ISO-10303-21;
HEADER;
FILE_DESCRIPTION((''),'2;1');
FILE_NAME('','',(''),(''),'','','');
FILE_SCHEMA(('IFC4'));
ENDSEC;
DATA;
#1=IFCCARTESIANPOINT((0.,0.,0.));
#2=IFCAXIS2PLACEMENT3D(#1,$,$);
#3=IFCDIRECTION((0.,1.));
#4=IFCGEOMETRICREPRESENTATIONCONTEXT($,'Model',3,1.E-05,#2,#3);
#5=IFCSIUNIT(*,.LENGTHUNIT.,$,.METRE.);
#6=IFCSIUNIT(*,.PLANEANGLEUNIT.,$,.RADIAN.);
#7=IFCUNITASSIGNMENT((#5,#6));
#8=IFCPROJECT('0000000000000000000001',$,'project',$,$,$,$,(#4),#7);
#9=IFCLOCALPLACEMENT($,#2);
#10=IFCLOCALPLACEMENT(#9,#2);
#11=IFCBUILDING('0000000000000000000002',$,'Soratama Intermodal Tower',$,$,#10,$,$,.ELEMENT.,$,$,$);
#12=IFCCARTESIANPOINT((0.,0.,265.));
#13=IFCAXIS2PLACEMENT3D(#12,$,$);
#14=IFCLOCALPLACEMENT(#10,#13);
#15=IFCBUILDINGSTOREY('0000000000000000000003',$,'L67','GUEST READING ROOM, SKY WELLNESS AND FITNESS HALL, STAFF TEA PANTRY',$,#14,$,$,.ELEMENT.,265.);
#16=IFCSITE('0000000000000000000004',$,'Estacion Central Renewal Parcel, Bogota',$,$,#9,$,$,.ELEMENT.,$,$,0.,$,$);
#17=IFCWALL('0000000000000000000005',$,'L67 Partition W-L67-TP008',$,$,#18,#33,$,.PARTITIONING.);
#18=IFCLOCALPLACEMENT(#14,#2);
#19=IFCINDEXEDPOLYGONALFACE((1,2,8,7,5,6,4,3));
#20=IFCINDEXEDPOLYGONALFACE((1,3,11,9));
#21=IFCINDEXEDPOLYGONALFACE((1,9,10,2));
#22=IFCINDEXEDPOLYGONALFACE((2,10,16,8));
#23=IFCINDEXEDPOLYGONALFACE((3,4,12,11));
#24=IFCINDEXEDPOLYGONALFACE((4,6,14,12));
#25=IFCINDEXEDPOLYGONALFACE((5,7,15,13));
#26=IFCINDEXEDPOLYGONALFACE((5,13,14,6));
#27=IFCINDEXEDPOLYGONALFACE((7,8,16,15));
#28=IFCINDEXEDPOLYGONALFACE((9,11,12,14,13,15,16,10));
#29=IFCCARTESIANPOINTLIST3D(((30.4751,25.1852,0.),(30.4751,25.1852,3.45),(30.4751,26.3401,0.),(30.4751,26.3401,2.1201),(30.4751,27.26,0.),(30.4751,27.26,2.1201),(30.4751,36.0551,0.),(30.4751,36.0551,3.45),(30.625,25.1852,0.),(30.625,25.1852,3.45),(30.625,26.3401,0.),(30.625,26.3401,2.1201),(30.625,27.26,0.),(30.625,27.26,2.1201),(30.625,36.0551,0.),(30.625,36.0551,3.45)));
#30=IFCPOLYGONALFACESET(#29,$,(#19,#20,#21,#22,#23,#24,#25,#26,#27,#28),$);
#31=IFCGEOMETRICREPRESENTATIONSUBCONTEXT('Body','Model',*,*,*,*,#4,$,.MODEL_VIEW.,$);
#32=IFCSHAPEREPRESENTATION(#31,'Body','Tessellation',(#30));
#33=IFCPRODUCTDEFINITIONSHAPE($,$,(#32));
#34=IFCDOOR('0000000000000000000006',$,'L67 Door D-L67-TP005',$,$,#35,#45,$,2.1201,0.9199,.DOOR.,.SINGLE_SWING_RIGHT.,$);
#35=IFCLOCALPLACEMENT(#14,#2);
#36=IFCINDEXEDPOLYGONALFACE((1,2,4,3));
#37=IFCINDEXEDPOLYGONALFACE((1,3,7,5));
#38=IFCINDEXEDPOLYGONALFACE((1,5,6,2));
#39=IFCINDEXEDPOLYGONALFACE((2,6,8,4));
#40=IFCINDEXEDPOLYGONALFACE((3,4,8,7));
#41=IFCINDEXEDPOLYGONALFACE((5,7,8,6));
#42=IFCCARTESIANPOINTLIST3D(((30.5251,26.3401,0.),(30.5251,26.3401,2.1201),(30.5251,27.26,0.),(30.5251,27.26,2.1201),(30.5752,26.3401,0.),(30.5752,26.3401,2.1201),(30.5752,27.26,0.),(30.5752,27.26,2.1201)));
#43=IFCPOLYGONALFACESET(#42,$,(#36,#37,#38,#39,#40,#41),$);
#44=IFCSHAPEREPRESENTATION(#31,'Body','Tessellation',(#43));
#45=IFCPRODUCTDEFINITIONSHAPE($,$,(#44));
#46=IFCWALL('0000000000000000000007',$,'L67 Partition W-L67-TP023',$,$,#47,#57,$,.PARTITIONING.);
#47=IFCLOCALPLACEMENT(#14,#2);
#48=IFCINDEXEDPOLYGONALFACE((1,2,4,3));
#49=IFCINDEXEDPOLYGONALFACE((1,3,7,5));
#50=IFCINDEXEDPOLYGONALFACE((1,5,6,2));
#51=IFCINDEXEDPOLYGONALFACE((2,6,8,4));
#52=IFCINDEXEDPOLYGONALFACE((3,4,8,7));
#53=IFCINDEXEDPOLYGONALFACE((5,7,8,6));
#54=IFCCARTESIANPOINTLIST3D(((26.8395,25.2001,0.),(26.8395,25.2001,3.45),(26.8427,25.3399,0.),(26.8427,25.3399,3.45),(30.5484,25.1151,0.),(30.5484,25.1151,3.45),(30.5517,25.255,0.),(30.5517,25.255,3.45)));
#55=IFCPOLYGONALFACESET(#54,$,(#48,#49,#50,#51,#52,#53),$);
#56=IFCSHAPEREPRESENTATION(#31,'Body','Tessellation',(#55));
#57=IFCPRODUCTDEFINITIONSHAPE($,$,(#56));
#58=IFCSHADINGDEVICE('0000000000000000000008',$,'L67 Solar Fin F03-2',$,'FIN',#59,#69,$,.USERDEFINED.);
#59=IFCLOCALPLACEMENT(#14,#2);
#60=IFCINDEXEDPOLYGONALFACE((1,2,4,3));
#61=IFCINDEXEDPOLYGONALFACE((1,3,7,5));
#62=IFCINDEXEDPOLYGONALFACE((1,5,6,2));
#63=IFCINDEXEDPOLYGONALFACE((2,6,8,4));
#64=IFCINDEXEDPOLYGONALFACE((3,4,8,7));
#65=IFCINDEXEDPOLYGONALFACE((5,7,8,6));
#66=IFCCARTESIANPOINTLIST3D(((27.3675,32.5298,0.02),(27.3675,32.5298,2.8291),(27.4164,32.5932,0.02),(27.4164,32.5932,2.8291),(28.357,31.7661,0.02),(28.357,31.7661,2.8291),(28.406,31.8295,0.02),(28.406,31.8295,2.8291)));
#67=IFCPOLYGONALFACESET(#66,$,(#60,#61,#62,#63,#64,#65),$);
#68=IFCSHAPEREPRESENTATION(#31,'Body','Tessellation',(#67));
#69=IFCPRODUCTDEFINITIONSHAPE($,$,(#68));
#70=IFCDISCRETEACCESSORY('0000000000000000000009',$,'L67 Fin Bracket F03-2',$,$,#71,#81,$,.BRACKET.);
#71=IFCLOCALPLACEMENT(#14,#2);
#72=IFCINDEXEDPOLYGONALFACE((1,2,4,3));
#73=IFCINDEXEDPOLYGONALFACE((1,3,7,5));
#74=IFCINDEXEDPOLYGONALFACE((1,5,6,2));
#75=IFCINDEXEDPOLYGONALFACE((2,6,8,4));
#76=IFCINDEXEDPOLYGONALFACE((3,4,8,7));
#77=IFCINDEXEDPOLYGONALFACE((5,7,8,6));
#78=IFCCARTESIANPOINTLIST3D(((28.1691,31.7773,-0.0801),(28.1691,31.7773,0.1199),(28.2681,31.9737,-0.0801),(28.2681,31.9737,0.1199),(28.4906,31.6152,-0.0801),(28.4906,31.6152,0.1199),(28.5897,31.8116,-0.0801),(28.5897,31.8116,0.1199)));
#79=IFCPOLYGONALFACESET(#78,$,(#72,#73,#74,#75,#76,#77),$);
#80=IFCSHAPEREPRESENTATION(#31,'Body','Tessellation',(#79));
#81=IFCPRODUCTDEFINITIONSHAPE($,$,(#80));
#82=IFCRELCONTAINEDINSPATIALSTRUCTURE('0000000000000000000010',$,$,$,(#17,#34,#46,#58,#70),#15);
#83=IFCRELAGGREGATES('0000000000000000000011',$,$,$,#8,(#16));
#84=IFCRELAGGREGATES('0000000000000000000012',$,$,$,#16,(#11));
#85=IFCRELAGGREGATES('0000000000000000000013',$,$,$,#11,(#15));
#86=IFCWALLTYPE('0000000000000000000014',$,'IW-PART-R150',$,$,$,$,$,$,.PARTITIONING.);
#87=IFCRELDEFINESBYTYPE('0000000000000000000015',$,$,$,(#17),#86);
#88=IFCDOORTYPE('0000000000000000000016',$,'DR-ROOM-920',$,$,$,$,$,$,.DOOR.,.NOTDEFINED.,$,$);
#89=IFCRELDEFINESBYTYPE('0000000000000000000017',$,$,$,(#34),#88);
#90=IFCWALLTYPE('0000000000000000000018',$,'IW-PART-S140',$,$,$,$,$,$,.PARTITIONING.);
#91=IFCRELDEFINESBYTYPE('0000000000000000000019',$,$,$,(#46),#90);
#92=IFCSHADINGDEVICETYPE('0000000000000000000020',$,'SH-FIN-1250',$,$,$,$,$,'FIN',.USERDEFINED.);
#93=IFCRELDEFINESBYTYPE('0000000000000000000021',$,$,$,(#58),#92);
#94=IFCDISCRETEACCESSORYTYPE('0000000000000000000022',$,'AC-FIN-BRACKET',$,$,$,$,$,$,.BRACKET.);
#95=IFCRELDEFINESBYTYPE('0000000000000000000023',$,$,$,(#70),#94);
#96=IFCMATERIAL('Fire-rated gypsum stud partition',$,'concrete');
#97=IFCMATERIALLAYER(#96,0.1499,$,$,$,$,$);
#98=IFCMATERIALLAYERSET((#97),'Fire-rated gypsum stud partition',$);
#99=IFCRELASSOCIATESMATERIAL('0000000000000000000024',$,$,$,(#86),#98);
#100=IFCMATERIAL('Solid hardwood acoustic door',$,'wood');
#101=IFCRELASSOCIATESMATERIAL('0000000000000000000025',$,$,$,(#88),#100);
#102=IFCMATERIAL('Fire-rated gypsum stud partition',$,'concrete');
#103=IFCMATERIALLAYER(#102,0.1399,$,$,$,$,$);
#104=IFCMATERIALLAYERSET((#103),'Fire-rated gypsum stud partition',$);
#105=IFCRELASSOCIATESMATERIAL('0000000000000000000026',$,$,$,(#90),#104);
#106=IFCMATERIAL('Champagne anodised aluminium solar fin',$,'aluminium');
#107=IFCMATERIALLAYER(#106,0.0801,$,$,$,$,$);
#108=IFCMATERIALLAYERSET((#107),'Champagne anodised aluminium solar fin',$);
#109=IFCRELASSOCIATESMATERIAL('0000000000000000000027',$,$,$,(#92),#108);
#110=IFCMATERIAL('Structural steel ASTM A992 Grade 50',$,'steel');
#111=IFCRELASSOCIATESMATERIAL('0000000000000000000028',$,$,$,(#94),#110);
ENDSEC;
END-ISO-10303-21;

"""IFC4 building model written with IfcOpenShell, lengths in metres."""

from ifc_helpers import new_model, si_unit, direction, frame, frame_2d, origin, origin_2d, place, context, subcontext, project, spatial, rectangle, extrude, material, layer, layer_set, type_object, element, fill, save


model = new_model("IFC4")

# Units and contexts
model_context = context("Model", 3, precision=1e-05, world=origin(), true_north=direction((0.0, 1.0)))
body_context = subcontext(model_context, "Body", "Model", "MODEL_VIEW")
ifc_project = project(units=[si_unit("LENGTHUNIT", "METRE"), si_unit("PLANEANGLEUNIT", "RADIAN")], contexts=[model_context])

# Site, building, storey
site_placement = place(None, origin())
site = spatial("IfcSite", under=ifc_project, at=site_placement, Name="Estacion Central Renewal Parcel, Bogota", CompositionType="ELEMENT", RefElevation=0.0)
building_placement = place(site_placement, origin())
building = spatial("IfcBuilding", under=site, at=building_placement, Name="Soratama Intermodal Tower", CompositionType="ELEMENT")
storey_placement = place(building_placement, frame((0.0, 0.0, 265.0)))
storey = spatial("IfcBuildingStorey", under=building, at=storey_placement, Name="L67", Description="GUEST READING ROOM, SKY WELLNESS AND FITNESS HALL, STAFF TEA PANTRY", CompositionType="ELEMENT", Elevation=265.0)

# Wall, opening, door
ifc_material_1 = material(Name="Fire-rated gypsum stud partition", Category="concrete")
ifc_layer_1 = layer(ifc_material_1, 0.1499)
ifc_layer_set_1 = layer_set([ifc_layer_1], Name="Fire-rated gypsum stud partition")
wall_type_1 = type_object("IfcWallType", Name="IW-PART-R150", PredefinedType="PARTITIONING", material=ifc_layer_set_1)
wall_1_placement = place(storey_placement, frame((30.55, 25.1851, 0.0), z_axis=(0.0, 0.0, 1.0), x_axis=(0.0, 1.0, 0.0)))
wall_1 = element("IfcWall", 1, at=wall_1_placement, inside=storey, type_object=wall_type_1, Name="L67 Partition W-L67-TP008", PredefinedType="PARTITIONING", context=body_context, shape_type="SweptSolid", body=[
    extrude(rectangle(XDim=10.8699, YDim=0.1499, at=frame_2d((5.4351, 0.0))), origin(), (0.0, 0.0, 1.0), 3.45),
])
opening_1_placement = place(wall_1_placement, frame((1.155, 0.0, 0.0)))
opening_1 = element("IfcOpeningElement", 2, at=opening_1_placement, cuts=wall_1, PredefinedType="OPENING", context=body_context, shape_type="SweptSolid", body=[
    extrude(rectangle(XDim=0.9199, YDim=2.1201, at=frame_2d((0.46, 1.0601))), frame((0.0, 0.085, 0.0), z_axis=(0.0, -1.0, 0.0), x_axis=(1.0, 0.0, 0.0)), (0.0, 0.0, 1.0), 0.1699),
])
ifc_material_2 = material(Name="Solid hardwood acoustic door", Category="wood")
door_type_1 = type_object("IfcDoorType", Name="DR-ROOM-920", OperationType="NOTDEFINED", PredefinedType="DOOR", material=ifc_material_2)
door_1_placement = place(opening_1_placement, origin())
door_1 = element("IfcDoor", 3, at=door_1_placement, inside=storey, type_object=door_type_1, Name="L67 Door D-L67-TP005", OperationType="SINGLE_SWING_RIGHT", OverallHeight=2.1201, OverallWidth=0.9199, PredefinedType="DOOR", context=body_context, shape_type="SweptSolid", body=[
    extrude(rectangle(XDim=0.9199, YDim=2.1201, at=frame_2d((0.46, 1.0601))), frame((0.0, 0.0249, 0.0), z_axis=(0.0, -1.0, 0.0), x_axis=(1.0, 0.0, 0.0)), (0.0, 0.0, 1.0), 0.05),
])
fill(opening_1, door_1)

# Wall
ifc_material_3 = material(Name="Fire-rated gypsum stud partition", Category="concrete")
ifc_layer_2 = layer(ifc_material_3, 0.1399)
ifc_layer_set_2 = layer_set([ifc_layer_2], Name="Fire-rated gypsum stud partition")
wall_type_2 = type_object("IfcWallType", Name="IW-PART-S140", PredefinedType="PARTITIONING", material=ifc_layer_set_2)
wall_2_placement = place(storey_placement, frame((30.55, 25.1851, 0.0), z_axis=(0.0, 0.0, 1.0), x_axis=(-0.999738, 0.022901, 0.0)))
element("IfcWall", 4, at=wall_2_placement, inside=storey, type_object=wall_type_2, Name="L67 Partition W-L67-TP023", PredefinedType="PARTITIONING", context=body_context, shape_type="SweptSolid", body=[
    extrude(rectangle(XDim=3.71, YDim=0.1399, at=frame_2d((1.855, 0.0))), origin(), (0.0, 0.0, 1.0), 3.45),
])

# Shading device
ifc_material_4 = material(Name="Champagne anodised aluminium solar fin", Category="aluminium")
ifc_layer_3 = layer(ifc_material_4, 0.0801)
ifc_layer_set_3 = layer_set([ifc_layer_3], Name="Champagne anodised aluminium solar fin")
shading_device_type = type_object("IfcShadingDeviceType", Name="SH-FIN-1250", ElementType="FIN", PredefinedType="USERDEFINED", material=ifc_layer_set_3)
shading_device_placement = place(storey_placement, frame((27.8867, 32.1797, 0.02), z_axis=(0.0, 0.0, 1.0), x_axis=(-0.79165, 0.610975, 0.0)))
element("IfcShadingDevice", 5, at=shading_device_placement, inside=storey, type_object=shading_device_type, Name="L67 Solar Fin F03-2", ObjectType="FIN", PredefinedType="USERDEFINED", context=body_context, shape_type="SweptSolid", body=[
    extrude(rectangle(XDim=1.25, YDim=0.0801, at=origin_2d()), origin(), (0.0, 0.0, 1.0), 2.8091),
])

# Discrete accessory
ifc_material_5 = material(Name="Structural steel ASTM A992 Grade 50", Category="steel")
discrete_accessory_type = type_object("IfcDiscreteAccessoryType", Name="AC-FIN-BRACKET", PredefinedType="BRACKET", material=ifc_material_5)
discrete_accessory_placement = place(storey_placement, frame((28.3794, 31.7944, -0.0801), z_axis=(0.0, 0.0, 1.0), x_axis=(-0.8929, 0.450254, 0.0)))
element("IfcDiscreteAccessory", 6, at=discrete_accessory_placement, inside=storey, type_object=discrete_accessory_type, Name="L67 Fin Bracket F03-2", PredefinedType="BRACKET", context=body_context, shape_type="SweptSolid", body=[
    extrude(rectangle(XDim=0.3601, YDim=0.22, at=origin_2d()), origin(), (0.0, 0.0, 1.0), 0.2),
])

save(model, "model.ifc")
